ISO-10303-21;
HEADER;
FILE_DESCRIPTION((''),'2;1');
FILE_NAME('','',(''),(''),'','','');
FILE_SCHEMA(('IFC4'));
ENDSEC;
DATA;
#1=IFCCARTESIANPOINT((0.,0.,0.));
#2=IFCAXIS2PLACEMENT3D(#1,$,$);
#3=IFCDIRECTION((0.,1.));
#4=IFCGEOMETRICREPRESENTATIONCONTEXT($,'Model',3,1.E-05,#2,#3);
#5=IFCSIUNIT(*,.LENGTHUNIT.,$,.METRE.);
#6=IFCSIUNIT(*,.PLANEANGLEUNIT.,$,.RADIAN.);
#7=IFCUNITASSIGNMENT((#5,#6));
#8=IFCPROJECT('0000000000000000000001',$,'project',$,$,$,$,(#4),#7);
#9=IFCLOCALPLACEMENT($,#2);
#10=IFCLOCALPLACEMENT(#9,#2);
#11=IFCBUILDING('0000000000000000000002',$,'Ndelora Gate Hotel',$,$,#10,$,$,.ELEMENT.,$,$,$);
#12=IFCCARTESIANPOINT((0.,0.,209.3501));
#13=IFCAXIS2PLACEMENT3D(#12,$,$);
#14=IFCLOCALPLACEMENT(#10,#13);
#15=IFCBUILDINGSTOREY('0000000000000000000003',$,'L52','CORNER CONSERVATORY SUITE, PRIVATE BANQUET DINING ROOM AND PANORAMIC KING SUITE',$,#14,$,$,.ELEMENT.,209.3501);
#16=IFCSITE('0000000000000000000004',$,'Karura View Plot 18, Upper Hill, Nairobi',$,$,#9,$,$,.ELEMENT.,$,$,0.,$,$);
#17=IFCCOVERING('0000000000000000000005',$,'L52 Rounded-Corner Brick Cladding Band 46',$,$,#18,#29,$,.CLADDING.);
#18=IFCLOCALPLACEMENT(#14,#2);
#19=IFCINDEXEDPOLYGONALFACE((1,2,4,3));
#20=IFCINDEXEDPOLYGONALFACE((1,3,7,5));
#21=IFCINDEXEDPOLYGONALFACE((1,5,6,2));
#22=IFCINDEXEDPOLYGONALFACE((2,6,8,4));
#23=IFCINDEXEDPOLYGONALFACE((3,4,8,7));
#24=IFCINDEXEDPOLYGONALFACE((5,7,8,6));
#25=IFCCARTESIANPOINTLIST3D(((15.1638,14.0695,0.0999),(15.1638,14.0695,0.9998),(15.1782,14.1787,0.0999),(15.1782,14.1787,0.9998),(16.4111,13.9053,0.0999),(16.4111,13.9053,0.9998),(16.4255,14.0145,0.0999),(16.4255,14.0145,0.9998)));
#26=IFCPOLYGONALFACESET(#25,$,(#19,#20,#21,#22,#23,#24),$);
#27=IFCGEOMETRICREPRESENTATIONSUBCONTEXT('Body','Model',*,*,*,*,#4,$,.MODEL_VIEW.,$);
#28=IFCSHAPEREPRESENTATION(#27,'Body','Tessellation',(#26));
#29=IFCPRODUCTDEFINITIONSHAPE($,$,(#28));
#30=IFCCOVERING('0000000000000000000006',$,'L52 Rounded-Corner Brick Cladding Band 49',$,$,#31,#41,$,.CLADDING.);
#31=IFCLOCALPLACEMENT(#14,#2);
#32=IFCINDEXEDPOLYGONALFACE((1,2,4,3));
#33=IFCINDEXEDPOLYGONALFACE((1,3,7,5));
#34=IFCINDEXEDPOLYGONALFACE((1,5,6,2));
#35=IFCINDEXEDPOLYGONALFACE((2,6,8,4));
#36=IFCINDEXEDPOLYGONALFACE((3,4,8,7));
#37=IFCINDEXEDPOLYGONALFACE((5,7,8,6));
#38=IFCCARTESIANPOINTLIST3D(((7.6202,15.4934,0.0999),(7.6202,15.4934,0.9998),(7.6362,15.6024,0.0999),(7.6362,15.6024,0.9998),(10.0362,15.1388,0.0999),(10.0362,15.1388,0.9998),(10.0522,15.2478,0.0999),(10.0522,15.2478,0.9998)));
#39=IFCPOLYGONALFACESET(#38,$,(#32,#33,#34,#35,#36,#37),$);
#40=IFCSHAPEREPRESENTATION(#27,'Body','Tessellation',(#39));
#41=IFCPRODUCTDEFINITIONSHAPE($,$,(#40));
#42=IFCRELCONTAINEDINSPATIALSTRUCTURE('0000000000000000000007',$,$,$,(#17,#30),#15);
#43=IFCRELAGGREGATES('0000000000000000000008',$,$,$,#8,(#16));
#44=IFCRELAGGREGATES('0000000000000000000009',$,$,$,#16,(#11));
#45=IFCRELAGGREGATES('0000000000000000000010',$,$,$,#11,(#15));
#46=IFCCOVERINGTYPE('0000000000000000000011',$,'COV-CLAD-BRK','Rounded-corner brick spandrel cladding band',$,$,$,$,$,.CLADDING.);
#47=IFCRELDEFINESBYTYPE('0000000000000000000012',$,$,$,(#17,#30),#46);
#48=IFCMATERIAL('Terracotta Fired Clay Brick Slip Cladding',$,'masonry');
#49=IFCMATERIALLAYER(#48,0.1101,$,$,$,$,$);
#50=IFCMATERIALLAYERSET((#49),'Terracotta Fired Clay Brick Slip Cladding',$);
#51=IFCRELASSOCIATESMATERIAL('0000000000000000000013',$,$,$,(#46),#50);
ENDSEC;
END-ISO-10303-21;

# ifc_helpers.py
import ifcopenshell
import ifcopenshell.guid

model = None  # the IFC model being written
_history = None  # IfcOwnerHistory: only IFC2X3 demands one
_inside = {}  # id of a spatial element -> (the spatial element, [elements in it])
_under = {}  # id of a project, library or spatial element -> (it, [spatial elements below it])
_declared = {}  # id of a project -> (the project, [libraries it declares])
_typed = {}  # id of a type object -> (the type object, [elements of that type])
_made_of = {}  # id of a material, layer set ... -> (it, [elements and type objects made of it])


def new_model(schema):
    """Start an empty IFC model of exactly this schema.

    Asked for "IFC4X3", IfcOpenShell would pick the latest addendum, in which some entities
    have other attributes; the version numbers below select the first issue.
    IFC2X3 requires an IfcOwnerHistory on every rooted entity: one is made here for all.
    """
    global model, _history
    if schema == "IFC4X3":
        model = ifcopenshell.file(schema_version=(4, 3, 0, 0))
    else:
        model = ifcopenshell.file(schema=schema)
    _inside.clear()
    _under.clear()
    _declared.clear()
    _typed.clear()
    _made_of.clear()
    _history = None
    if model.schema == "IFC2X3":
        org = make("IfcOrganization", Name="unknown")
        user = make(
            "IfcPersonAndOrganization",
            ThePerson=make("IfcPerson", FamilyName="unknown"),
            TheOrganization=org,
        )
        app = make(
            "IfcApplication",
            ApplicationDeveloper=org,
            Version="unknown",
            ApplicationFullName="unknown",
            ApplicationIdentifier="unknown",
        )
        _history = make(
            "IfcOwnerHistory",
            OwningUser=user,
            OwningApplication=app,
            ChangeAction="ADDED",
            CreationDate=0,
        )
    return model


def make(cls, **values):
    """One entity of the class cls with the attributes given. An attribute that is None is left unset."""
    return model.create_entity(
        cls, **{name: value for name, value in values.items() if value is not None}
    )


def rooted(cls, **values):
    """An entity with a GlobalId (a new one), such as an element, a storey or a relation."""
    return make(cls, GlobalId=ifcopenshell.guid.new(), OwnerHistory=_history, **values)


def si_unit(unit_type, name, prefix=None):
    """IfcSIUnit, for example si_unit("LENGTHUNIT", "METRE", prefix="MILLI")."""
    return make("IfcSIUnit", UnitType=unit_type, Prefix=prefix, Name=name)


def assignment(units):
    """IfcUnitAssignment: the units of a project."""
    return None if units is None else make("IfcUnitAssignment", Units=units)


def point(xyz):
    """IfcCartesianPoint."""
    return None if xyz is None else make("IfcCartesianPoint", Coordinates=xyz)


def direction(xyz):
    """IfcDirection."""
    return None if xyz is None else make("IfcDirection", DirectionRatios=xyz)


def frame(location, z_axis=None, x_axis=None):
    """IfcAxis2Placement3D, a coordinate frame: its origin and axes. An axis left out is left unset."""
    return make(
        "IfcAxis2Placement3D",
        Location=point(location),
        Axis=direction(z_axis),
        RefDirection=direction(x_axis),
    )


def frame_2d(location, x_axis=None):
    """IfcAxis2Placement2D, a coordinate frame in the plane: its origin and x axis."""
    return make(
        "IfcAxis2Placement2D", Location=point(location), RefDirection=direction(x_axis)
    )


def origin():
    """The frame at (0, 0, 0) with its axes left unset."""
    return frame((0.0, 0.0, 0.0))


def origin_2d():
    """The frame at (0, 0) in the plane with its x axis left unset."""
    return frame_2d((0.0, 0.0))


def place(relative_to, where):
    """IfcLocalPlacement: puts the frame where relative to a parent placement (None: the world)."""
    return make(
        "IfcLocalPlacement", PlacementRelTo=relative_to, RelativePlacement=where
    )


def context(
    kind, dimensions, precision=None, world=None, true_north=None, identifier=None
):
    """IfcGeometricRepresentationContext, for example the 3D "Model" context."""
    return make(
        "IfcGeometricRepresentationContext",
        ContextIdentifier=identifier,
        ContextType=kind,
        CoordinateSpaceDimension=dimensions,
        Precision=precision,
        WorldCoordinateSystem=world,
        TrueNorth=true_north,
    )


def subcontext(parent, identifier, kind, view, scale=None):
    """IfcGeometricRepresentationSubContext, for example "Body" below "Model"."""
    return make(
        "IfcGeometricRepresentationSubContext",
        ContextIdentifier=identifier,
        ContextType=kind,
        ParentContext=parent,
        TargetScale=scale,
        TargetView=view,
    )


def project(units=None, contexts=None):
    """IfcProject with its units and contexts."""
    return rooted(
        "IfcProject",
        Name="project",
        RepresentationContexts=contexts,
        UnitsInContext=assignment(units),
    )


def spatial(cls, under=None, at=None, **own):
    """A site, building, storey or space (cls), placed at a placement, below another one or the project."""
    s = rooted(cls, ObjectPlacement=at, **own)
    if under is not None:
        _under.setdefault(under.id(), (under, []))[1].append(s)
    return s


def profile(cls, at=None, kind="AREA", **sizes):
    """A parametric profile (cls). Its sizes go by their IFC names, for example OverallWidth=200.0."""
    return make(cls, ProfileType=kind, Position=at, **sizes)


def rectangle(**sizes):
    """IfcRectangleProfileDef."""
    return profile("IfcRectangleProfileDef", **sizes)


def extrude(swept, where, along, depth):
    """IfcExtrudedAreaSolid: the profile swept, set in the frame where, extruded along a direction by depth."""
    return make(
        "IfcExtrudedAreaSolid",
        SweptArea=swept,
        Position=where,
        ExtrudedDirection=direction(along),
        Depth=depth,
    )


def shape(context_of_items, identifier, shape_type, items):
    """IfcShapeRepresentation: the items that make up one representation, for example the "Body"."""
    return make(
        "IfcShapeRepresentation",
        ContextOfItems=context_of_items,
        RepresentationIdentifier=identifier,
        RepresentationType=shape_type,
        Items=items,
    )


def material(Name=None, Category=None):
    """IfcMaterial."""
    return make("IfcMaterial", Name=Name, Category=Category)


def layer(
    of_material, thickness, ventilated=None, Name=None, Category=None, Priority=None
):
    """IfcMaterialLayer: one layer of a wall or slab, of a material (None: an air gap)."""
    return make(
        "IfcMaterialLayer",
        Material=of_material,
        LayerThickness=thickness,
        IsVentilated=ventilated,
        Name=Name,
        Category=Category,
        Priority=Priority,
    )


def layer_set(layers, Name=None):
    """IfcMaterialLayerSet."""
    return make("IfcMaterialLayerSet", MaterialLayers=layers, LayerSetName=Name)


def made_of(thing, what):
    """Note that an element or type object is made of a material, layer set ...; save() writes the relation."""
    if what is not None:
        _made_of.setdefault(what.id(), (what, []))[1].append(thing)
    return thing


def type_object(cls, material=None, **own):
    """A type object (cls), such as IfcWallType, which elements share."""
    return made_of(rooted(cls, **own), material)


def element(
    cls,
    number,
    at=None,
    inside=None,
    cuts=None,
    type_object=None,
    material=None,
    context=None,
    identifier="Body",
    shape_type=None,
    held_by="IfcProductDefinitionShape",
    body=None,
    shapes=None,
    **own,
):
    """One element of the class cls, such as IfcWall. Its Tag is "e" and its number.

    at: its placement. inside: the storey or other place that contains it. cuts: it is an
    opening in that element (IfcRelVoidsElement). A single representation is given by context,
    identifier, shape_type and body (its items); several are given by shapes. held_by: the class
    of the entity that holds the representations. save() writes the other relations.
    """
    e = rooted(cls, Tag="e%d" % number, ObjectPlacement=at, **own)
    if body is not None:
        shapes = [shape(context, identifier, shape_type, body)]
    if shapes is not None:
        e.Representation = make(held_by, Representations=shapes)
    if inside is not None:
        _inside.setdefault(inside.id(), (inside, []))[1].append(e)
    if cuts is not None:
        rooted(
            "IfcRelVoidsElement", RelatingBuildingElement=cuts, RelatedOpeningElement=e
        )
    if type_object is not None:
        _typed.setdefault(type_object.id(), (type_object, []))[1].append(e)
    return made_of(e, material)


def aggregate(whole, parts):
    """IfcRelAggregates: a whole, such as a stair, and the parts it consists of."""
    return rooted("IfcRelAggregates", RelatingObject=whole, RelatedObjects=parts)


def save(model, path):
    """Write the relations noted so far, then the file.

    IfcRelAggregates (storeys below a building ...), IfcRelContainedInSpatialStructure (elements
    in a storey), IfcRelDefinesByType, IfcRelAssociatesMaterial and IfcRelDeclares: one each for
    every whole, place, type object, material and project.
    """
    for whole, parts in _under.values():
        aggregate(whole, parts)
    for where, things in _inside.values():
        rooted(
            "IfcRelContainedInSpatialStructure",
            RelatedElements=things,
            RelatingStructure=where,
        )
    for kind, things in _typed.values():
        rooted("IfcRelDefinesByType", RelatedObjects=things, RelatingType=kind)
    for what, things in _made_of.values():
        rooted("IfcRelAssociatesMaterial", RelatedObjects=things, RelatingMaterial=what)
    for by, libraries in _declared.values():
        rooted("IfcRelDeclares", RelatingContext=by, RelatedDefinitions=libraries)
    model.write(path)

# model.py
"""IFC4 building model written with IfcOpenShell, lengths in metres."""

from ifc_helpers import new_model, si_unit, direction, frame, origin, origin_2d, place, context, subcontext, project, spatial, rectangle, extrude, material, layer, layer_set, type_object, element, save


model = new_model("IFC4")

# Units and contexts
model_context = context("Model", 3, precision=1e-05, world=origin(), true_north=direction((0.0, 1.0)))
body_context = subcontext(model_context, "Body", "Model", "MODEL_VIEW")
ifc_project = project(units=[si_unit("LENGTHUNIT", "METRE"), si_unit("PLANEANGLEUNIT", "RADIAN")], contexts=[model_context])

# Site, building, storey
site_placement = place(None, origin())
site = spatial("IfcSite", under=ifc_project, at=site_placement, Name="Karura View Plot 18, Upper Hill, Nairobi", CompositionType="ELEMENT", RefElevation=0.0)
building_placement = place(site_placement, origin())
building = spatial("IfcBuilding", under=site, at=building_placement, Name="Ndelora Gate Hotel", CompositionType="ELEMENT")
storey_placement = place(building_placement, frame((0.0, 0.0, 209.3501)))
storey = spatial("IfcBuildingStorey", under=building, at=storey_placement, Name="L52", Description="CORNER CONSERVATORY SUITE, PRIVATE BANQUET DINING ROOM AND PANORAMIC KING SUITE", CompositionType="ELEMENT", Elevation=209.3501)

# Coverings
ifc_material_1 = material(Name="Terracotta Fired Clay Brick Slip Cladding", Category="masonry")
ifc_layer_1 = layer(ifc_material_1, 0.1101)
ifc_layer_set_1 = layer_set([ifc_layer_1], Name="Terracotta Fired Clay Brick Slip Cladding")
covering_type = type_object("IfcCoveringType", Name="COV-CLAD-BRK", Description="Rounded-corner brick spandrel cladding band", PredefinedType="CLADDING", material=ifc_layer_set_1)
for number, where, z_axis, x_axis, name in (
    (1, (15.7947, 14.042, 0.0999), (0.0, 0.0, 1.0), (-0.991445, 0.130526, 0.0), "L52 Rounded-Corner Brick Cladding Band 46"),
):
    element("IfcCovering", number, at=place(storey_placement, frame(where, z_axis=z_axis, x_axis=x_axis)), inside=storey, type_object=covering_type, Name=name, PredefinedType="CLADDING", context=body_context, shape_type="SweptSolid", body=[
        extrude(rectangle(XDim=1.2581, YDim=0.1101, at=origin_2d()), origin(), (0.0, 0.0, 1.0), 0.8999),
    ])
covering_1_placement = place(storey_placement, frame((8.8362, 15.3706, 0.0999), z_axis=(0.0, 0.0, 1.0), x_axis=(-0.989399, 0.14522, 0.0)))
element("IfcCovering", 2, at=covering_1_placement, inside=storey, type_object=covering_type, Name="L52 Rounded-Corner Brick Cladding Band 49", PredefinedType="CLADDING", context=body_context, shape_type="SweptSolid", body=[
    extrude(rectangle(XDim=2.4419, YDim=0.1101, at=origin_2d()), origin(), (0.0, 0.0, 1.0), 0.8999),
])

save(model, "model.ifc")
